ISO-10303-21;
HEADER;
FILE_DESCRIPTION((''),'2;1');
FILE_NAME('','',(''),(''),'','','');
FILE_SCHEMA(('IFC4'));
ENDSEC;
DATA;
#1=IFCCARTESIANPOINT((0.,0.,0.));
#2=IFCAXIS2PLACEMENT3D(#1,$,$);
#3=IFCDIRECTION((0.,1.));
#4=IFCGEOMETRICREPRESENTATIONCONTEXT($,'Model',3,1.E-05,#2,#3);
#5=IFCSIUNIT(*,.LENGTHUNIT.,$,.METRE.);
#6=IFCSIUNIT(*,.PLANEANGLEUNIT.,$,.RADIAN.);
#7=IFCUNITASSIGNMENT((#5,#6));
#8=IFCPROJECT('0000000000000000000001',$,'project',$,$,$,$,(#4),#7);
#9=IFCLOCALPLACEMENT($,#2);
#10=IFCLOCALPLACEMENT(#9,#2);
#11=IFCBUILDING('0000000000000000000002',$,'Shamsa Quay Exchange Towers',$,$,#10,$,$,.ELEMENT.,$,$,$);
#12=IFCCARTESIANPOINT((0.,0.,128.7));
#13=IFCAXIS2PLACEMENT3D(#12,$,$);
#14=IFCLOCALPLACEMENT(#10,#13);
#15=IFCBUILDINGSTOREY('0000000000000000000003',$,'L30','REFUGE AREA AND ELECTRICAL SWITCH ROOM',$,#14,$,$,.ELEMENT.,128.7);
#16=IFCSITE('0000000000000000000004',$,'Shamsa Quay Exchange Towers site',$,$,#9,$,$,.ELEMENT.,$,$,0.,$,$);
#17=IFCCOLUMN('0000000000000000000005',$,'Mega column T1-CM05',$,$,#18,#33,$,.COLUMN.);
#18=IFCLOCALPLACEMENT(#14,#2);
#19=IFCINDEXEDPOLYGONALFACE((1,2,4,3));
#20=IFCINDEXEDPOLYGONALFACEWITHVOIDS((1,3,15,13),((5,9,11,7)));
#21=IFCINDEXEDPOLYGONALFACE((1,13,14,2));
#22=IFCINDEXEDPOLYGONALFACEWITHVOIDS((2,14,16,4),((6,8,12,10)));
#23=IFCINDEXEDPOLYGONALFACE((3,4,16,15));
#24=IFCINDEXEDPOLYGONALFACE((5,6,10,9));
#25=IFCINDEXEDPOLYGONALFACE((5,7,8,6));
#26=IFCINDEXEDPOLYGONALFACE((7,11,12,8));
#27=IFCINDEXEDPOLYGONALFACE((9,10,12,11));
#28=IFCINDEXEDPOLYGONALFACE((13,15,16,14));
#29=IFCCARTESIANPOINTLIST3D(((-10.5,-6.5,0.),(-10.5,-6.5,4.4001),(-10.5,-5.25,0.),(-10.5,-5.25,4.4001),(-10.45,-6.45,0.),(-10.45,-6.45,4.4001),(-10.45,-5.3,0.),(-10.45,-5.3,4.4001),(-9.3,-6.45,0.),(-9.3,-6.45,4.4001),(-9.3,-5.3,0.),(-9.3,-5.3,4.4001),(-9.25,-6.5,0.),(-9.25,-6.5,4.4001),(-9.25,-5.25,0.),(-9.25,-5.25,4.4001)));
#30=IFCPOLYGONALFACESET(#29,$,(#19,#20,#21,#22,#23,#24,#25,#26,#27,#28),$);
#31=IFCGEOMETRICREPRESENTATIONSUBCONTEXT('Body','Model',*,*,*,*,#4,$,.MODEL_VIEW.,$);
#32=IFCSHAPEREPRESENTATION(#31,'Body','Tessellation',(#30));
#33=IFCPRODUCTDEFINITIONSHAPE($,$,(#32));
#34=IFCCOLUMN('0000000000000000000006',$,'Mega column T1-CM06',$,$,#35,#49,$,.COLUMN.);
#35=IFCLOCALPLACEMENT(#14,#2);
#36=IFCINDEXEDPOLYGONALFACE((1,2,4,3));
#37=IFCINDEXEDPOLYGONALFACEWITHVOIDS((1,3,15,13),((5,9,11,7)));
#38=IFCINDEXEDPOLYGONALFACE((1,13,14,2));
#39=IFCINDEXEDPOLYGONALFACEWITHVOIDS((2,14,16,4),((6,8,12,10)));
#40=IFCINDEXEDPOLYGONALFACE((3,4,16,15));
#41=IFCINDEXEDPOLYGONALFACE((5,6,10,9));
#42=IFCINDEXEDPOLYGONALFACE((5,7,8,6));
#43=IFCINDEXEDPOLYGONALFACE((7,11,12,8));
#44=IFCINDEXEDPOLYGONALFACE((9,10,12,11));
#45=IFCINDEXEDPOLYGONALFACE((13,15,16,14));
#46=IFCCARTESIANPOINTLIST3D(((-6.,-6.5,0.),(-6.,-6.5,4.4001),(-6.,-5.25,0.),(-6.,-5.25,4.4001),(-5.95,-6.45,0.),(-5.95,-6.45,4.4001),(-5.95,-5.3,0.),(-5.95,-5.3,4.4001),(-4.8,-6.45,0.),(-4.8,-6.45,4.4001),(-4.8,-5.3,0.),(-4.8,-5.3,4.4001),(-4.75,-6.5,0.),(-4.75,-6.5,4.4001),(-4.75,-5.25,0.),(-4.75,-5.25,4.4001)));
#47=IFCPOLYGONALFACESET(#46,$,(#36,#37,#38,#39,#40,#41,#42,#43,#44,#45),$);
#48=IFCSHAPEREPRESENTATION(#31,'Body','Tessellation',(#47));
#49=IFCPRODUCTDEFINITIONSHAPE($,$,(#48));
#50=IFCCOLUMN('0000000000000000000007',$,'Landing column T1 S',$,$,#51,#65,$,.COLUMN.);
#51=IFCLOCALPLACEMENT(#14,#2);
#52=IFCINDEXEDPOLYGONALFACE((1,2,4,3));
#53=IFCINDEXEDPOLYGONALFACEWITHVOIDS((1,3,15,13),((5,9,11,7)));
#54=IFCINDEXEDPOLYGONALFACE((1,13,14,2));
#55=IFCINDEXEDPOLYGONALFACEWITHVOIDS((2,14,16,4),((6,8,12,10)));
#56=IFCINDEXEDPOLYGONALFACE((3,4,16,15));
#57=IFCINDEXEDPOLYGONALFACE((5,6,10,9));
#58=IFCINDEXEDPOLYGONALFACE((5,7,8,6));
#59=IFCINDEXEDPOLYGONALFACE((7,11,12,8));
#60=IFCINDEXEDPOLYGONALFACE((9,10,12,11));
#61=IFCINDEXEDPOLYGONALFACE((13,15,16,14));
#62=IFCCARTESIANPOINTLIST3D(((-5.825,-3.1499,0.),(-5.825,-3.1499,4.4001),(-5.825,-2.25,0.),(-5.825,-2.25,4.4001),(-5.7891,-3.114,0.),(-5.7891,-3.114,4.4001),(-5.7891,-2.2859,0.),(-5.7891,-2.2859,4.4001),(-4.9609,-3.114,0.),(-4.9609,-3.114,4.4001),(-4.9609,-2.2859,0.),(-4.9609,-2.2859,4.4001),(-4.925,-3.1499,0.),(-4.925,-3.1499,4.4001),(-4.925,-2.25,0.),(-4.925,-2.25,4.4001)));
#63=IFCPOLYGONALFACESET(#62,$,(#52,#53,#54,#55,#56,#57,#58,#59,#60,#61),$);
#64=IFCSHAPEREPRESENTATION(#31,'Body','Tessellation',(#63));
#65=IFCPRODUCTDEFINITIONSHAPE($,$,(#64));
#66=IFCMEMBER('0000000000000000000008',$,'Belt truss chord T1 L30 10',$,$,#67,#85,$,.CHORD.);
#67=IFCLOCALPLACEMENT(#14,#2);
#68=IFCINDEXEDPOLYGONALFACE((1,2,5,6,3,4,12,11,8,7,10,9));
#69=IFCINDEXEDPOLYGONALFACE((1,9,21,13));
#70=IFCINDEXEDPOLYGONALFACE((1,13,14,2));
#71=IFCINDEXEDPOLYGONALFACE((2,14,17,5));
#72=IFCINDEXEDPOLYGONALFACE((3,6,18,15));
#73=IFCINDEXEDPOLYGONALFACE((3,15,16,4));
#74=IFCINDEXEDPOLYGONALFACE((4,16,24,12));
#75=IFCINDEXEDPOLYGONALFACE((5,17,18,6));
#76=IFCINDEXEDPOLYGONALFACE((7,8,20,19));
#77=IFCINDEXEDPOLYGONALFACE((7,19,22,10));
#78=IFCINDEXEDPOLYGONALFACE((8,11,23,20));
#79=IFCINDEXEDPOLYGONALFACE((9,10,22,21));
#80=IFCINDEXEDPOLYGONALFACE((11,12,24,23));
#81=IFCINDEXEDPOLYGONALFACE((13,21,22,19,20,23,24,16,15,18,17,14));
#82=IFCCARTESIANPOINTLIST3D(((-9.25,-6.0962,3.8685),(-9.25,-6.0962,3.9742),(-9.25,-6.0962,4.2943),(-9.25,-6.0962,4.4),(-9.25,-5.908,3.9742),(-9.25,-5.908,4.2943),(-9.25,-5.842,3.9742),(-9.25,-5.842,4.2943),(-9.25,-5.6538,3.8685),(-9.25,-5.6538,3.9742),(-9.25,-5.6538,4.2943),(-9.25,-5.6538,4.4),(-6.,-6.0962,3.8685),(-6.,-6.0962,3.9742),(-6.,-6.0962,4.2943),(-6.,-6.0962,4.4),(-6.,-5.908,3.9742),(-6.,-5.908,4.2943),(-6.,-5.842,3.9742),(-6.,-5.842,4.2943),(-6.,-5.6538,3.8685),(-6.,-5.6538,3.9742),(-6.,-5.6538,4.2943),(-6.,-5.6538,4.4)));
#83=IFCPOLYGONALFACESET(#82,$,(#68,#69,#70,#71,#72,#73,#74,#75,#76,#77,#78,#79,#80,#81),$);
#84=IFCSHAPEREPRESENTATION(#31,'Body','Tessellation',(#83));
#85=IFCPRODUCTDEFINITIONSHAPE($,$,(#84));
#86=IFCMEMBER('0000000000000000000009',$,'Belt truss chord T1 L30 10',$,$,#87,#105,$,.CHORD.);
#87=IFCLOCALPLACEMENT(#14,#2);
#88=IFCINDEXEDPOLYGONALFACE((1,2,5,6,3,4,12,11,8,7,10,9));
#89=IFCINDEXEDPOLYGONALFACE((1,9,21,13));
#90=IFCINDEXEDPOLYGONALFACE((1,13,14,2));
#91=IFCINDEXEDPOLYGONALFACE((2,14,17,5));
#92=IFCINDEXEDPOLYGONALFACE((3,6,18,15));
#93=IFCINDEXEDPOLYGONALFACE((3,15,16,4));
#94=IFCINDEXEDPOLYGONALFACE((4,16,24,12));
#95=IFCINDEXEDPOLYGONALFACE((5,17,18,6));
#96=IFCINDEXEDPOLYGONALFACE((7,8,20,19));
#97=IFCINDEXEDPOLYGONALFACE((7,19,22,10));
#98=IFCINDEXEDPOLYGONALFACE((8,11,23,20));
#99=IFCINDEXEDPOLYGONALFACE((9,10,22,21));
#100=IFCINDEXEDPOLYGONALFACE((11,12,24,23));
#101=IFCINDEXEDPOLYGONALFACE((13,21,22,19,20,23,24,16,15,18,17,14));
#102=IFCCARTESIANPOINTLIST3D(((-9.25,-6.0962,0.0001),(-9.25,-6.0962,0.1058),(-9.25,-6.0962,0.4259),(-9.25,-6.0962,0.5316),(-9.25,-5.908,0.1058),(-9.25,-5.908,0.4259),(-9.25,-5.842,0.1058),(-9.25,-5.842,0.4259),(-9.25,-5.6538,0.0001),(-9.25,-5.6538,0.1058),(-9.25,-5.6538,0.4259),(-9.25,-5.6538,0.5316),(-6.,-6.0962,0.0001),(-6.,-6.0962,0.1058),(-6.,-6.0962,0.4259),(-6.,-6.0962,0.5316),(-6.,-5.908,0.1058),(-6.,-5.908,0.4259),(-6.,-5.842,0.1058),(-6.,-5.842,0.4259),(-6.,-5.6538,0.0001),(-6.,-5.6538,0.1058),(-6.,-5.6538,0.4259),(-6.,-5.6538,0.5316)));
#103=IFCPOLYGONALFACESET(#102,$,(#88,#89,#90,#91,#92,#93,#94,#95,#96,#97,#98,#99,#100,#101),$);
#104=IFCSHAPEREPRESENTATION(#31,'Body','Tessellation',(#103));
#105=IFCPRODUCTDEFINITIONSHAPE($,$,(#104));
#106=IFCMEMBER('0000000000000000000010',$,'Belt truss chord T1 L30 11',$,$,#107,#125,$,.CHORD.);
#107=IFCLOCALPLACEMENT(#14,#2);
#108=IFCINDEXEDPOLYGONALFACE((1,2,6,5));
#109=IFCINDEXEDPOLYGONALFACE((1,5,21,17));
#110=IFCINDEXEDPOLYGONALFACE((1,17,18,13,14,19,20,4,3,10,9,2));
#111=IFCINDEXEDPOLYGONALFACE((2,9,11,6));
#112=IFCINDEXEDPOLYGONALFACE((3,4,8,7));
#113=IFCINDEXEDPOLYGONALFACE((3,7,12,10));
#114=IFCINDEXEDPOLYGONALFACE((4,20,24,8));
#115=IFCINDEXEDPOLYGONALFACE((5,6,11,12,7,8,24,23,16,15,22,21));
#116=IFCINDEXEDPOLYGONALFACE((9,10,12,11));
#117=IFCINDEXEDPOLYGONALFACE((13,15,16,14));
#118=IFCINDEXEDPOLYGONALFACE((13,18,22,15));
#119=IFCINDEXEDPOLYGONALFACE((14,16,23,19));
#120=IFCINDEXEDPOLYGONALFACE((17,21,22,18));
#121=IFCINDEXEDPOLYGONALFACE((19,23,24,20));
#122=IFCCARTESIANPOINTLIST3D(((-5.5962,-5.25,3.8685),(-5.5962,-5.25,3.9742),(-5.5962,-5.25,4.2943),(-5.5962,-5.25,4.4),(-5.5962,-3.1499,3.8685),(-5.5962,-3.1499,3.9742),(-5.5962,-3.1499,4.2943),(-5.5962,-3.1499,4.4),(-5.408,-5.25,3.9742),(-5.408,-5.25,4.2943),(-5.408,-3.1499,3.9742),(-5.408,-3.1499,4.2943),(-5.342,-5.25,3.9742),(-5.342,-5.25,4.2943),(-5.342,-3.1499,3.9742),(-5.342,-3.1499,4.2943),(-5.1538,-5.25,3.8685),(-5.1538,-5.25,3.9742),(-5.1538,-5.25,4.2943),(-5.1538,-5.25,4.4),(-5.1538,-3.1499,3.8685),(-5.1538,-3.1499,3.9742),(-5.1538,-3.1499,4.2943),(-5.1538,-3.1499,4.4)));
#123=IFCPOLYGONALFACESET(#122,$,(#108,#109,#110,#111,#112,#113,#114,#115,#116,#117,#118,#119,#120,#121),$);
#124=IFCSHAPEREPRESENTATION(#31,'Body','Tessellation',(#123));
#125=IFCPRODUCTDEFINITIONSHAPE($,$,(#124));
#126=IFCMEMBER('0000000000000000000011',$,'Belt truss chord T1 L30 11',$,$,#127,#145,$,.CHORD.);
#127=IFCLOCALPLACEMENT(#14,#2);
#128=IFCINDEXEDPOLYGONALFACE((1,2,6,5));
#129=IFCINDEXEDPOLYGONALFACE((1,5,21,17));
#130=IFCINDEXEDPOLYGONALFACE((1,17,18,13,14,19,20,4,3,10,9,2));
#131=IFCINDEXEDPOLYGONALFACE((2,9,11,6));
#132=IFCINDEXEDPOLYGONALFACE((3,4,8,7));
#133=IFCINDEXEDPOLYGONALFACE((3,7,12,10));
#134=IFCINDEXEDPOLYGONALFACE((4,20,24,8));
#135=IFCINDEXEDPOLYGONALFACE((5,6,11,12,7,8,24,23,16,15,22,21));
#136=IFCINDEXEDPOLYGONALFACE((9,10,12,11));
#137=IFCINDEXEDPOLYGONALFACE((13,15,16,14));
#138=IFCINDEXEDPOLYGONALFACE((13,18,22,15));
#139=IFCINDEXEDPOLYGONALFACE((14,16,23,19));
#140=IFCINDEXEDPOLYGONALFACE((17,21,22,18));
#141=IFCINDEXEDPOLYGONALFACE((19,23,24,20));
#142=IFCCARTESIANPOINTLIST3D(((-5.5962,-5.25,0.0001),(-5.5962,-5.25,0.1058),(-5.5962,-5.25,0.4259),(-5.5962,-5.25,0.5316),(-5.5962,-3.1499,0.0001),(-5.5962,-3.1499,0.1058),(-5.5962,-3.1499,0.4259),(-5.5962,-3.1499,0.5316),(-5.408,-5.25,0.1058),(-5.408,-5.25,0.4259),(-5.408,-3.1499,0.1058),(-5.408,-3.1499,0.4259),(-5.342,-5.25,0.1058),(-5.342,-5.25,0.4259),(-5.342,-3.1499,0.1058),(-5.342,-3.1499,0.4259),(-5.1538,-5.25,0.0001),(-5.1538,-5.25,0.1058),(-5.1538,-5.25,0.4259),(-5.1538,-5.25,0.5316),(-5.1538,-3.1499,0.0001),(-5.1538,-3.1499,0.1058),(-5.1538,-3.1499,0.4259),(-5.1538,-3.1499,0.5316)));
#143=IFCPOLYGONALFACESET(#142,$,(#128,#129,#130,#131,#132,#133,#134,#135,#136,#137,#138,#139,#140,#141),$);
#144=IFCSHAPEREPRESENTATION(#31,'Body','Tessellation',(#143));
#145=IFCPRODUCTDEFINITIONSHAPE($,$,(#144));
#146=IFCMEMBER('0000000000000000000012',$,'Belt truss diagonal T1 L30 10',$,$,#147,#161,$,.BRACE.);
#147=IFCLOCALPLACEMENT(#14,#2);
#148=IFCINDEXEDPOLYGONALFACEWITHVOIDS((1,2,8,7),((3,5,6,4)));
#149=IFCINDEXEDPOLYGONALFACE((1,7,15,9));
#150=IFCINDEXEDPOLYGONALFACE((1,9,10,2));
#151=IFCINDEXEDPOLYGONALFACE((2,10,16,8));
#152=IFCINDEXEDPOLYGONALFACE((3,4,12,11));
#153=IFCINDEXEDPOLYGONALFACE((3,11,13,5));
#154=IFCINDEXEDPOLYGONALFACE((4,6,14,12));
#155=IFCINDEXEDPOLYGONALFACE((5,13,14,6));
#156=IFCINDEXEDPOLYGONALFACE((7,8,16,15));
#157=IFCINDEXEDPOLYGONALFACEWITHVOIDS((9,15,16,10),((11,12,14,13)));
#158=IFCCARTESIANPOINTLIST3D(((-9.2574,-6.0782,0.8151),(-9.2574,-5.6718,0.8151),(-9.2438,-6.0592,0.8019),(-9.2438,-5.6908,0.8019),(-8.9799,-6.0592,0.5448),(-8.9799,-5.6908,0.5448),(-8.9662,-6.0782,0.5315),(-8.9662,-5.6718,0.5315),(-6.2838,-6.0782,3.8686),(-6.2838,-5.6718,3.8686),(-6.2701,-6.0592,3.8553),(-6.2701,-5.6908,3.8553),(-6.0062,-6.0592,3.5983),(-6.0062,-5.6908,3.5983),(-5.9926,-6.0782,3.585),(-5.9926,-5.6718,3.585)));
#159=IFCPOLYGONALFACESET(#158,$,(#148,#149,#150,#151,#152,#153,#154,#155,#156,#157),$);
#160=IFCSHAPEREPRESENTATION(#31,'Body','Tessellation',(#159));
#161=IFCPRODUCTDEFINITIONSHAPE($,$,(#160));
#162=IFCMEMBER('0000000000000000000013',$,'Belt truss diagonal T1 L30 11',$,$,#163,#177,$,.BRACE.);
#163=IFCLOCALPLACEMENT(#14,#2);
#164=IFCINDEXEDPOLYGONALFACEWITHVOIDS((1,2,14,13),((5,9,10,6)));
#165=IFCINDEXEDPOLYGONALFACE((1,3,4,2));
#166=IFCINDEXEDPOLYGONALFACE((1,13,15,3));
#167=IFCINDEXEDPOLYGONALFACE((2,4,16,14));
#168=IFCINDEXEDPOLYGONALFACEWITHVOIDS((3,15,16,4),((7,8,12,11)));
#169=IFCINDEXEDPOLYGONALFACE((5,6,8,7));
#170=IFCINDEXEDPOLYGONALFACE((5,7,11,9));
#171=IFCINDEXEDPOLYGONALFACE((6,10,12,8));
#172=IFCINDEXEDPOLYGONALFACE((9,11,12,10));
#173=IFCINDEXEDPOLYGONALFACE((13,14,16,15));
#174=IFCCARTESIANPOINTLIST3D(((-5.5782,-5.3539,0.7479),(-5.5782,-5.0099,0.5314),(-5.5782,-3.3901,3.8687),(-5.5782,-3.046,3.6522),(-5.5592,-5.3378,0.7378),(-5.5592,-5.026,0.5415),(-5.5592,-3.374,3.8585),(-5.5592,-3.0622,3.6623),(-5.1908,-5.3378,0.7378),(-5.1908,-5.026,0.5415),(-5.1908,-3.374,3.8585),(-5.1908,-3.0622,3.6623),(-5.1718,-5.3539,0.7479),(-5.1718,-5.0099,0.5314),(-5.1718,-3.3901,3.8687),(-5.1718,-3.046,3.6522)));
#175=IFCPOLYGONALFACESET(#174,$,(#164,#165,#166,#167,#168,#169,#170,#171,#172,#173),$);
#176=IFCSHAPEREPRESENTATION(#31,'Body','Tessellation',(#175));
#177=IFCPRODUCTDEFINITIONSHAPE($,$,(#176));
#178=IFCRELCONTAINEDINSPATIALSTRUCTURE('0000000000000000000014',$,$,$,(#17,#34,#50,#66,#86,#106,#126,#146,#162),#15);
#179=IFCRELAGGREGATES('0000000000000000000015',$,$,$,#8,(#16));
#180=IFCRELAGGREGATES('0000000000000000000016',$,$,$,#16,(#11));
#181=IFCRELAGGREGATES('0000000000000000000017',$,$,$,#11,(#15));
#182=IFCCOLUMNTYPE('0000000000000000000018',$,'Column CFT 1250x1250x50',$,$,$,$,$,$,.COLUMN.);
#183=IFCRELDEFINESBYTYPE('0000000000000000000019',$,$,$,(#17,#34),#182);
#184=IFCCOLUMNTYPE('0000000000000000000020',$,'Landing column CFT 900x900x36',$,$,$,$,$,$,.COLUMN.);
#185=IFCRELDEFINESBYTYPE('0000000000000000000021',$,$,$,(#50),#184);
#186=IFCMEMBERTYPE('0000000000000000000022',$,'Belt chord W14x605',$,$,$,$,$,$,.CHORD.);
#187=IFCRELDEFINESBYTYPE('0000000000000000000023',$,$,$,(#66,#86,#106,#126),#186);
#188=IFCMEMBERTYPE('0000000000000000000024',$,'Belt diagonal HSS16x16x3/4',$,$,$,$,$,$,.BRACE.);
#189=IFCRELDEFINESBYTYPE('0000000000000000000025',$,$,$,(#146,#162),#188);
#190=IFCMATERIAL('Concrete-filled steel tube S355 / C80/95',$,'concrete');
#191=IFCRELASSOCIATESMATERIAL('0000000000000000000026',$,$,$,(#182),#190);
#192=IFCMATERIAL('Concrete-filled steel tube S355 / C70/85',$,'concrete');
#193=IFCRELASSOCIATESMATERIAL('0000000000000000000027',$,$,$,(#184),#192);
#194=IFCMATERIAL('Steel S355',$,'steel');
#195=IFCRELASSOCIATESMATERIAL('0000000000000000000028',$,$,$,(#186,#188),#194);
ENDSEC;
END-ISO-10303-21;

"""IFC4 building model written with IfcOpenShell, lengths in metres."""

from ifc_helpers import new_model, si_unit, direction, frame, origin, origin_2d, place, context, subcontext, project, spatial, hollow_rectangle, i_section, extrude, material, material_profile, profile_set, type_object, element, save


model = new_model("IFC4")

# Units and contexts
model_context = context("Model", 3, precision=1e-05, world=origin(), true_north=direction((0.0, 1.0)))
body_context = subcontext(model_context, "Body", "Model", "MODEL_VIEW")
ifc_project = project(units=[si_unit("LENGTHUNIT", "METRE"), si_unit("PLANEANGLEUNIT", "RADIAN")], contexts=[model_context])

# Site, building, storey
site_placement = place(None, origin())
site = spatial("IfcSite", under=ifc_project, at=site_placement, Name="Shamsa Quay Exchange Towers site", CompositionType="ELEMENT", RefElevation=0.0)
building_placement = place(site_placement, origin())
building = spatial("IfcBuilding", under=site, at=building_placement, Name="Shamsa Quay Exchange Towers", CompositionType="ELEMENT")
storey_placement = place(building_placement, frame((0.0, 0.0, 128.7)))
storey = spatial("IfcBuildingStorey", under=building, at=storey_placement, Name="L30", Description="REFUGE AREA AND ELECTRICAL SWITCH ROOM", CompositionType="ELEMENT", Elevation=128.7)

# Columns
ifc_material_1 = material(Name="Concrete-filled steel tube S355 / C80/95", Category="concrete")
ifc_material_profile_1 = material_profile(ifc_material_1, hollow_rectangle(XDim=1.25, YDim=1.25, WallThickness=0.05, at=origin_2d()), Name="CFT 1250x1250x50")
ifc_profile_set_1 = profile_set([ifc_material_profile_1], Name="Concrete-filled steel tube S355 / C80/95")
column_type_1 = type_object("IfcColumnType", Name="Column CFT 1250x1250x50", PredefinedType="COLUMN", material=ifc_profile_set_1)
for number, where, name in (
    (1, (-9.875, -5.875, 0.0), "Mega column T1-CM05"),
    (2, (-5.375, -5.875, 0.0), "Mega column T1-CM06"),
):
    element("IfcColumn", number, at=place(storey_placement, frame(where)), inside=storey, type_object=column_type_1, Name=name, PredefinedType="COLUMN", context=body_context, shape_type="SweptSolid", body=[
        extrude(hollow_rectangle(XDim=1.25, YDim=1.25, WallThickness=0.05, at=origin_2d()), origin(), (0.0, 0.0, 1.0), 4.4001),
    ])
ifc_material_2 = material(Name="Concrete-filled steel tube S355 / C70/85", Category="concrete")
ifc_material_profile_2 = material_profile(ifc_material_2, hollow_rectangle(XDim=0.8999, YDim=0.8999, WallThickness=0.0359, at=origin_2d()), Name="CFT 900x900x36")
ifc_profile_set_2 = profile_set([ifc_material_profile_2], Name="Concrete-filled steel tube S355 / C70/85")
column_type_2 = type_object("IfcColumnType", Name="Landing column CFT 900x900x36", PredefinedType="COLUMN", material=ifc_profile_set_2)
column_placement = place(storey_placement, frame((-5.375, -2.7, 0.0)))
element("IfcColumn", 3, at=column_placement, inside=storey, type_object=column_type_2, Name="Landing column T1 S", PredefinedType="COLUMN", context=body_context, shape_type="SweptSolid", body=[
    extrude(hollow_rectangle(XDim=0.8999, YDim=0.8999, WallThickness=0.0359, at=origin_2d()), origin(), (0.0, 0.0, 1.0), 4.4001),
])

# Members
ifc_material_3 = material(Name="Steel S355", Category="steel")
ifc_material_profile_3 = material_profile(ifc_material_3, i_section(OverallWidth=0.4424, OverallDepth=0.5315, WebThickness=0.0659, FlangeThickness=0.1057, at=origin_2d()), Name="W14x605")
ifc_profile_set_3 = profile_set([ifc_material_profile_3], Name="Steel S355")
member_type_1 = type_object("IfcMemberType", Name="Belt chord W14x605", PredefinedType="CHORD", material=ifc_profile_set_3)
for number, where, z_axis, x_axis, name in (
    (4, (-9.25, -5.875, 4.1343), (1.0, 0.0, 0.0), (0.0, 1.0, 0.0), "Belt truss chord T1 L30 10"),
    (5, (-9.25, -5.875, 0.2659), (1.0, 0.0, 0.0), (0.0, 1.0, 0.0), "Belt truss chord T1 L30 10"),
):
    element("IfcMember", number, at=place(storey_placement, frame(where, z_axis=z_axis, x_axis=x_axis)), inside=storey, type_object=member_type_1, Name=name, PredefinedType="CHORD", context=body_context, shape_type="SweptSolid", body=[
        extrude(i_section(OverallWidth=0.4424, OverallDepth=0.5315, WebThickness=0.0659, FlangeThickness=0.1057, at=origin_2d()), origin(), (0.0, 0.0, 1.0), 3.25),
    ])
for number, where, z_axis, x_axis, name in (
    (6, (-5.375, -5.25, 4.1343), (0.0, 1.0, 0.0), (-1.0, 0.0, 0.0), "Belt truss chord T1 L30 11"),
    (7, (-5.375, -5.25, 0.2659), (0.0, 1.0, 0.0), (-1.0, 0.0, 0.0), "Belt truss chord T1 L30 11"),
):
    element("IfcMember", number, at=place(storey_placement, frame(where, z_axis=z_axis, x_axis=x_axis)), inside=storey, type_object=member_type_1, Name=name, PredefinedType="CHORD", context=body_context, shape_type="SweptSolid", body=[
        extrude(i_section(OverallWidth=0.4424, OverallDepth=0.5315, WebThickness=0.0659, FlangeThickness=0.1057, at=origin_2d()), origin(), (0.0, 0.0, 1.0), 2.1001),
    ])
ifc_material_profile_4 = material_profile(ifc_material_3, hollow_rectangle(XDim=0.4065, YDim=0.4065, WallThickness=0.019, at=origin_2d()), Name="HSS16x16x3/4")
ifc_profile_set_4 = profile_set([ifc_material_profile_4], Name="Steel S355")
member_type_2 = type_object("IfcMemberType", Name="Belt diagonal HSS16x16x3/4", PredefinedType="BRACE", material=ifc_profile_set_4)
member_1_placement = place(storey_placement, frame((-9.1118, -5.875, 0.6733), z_axis=(0.697679, 0.0, 0.71641), x_axis=(0.0, 1.0, 0.0)))
element("IfcMember", 8, at=member_1_placement, inside=storey, type_object=member_type_2, Name="Belt truss diagonal T1 L30 10", PredefinedType="BRACE", context=body_context, shape_type="SweptSolid", body=[
    extrude(hollow_rectangle(XDim=0.4065, YDim=0.4065, WallThickness=0.019, at=origin_2d()), origin(), (0.0, 0.0, 1.0), 4.2622),
])
member_2_placement = place(storey_placement, frame((-5.375, -5.1819, 0.6396), z_axis=(0.0, 0.532597, 0.846369), x_axis=(-1.0, 0.0, 0.0)))
element("IfcMember", 9, at=member_2_placement, inside=storey, type_object=member_type_2, Name="Belt truss diagonal T1 L30 11", PredefinedType="BRACE", context=body_context, shape_type="SweptSolid", body=[
    extrude(hollow_rectangle(XDim=0.4065, YDim=0.4065, WallThickness=0.019, at=origin_2d()), origin(), (0.0, 0.0, 1.0), 3.6873),
])

save(model, "model.ifc")
